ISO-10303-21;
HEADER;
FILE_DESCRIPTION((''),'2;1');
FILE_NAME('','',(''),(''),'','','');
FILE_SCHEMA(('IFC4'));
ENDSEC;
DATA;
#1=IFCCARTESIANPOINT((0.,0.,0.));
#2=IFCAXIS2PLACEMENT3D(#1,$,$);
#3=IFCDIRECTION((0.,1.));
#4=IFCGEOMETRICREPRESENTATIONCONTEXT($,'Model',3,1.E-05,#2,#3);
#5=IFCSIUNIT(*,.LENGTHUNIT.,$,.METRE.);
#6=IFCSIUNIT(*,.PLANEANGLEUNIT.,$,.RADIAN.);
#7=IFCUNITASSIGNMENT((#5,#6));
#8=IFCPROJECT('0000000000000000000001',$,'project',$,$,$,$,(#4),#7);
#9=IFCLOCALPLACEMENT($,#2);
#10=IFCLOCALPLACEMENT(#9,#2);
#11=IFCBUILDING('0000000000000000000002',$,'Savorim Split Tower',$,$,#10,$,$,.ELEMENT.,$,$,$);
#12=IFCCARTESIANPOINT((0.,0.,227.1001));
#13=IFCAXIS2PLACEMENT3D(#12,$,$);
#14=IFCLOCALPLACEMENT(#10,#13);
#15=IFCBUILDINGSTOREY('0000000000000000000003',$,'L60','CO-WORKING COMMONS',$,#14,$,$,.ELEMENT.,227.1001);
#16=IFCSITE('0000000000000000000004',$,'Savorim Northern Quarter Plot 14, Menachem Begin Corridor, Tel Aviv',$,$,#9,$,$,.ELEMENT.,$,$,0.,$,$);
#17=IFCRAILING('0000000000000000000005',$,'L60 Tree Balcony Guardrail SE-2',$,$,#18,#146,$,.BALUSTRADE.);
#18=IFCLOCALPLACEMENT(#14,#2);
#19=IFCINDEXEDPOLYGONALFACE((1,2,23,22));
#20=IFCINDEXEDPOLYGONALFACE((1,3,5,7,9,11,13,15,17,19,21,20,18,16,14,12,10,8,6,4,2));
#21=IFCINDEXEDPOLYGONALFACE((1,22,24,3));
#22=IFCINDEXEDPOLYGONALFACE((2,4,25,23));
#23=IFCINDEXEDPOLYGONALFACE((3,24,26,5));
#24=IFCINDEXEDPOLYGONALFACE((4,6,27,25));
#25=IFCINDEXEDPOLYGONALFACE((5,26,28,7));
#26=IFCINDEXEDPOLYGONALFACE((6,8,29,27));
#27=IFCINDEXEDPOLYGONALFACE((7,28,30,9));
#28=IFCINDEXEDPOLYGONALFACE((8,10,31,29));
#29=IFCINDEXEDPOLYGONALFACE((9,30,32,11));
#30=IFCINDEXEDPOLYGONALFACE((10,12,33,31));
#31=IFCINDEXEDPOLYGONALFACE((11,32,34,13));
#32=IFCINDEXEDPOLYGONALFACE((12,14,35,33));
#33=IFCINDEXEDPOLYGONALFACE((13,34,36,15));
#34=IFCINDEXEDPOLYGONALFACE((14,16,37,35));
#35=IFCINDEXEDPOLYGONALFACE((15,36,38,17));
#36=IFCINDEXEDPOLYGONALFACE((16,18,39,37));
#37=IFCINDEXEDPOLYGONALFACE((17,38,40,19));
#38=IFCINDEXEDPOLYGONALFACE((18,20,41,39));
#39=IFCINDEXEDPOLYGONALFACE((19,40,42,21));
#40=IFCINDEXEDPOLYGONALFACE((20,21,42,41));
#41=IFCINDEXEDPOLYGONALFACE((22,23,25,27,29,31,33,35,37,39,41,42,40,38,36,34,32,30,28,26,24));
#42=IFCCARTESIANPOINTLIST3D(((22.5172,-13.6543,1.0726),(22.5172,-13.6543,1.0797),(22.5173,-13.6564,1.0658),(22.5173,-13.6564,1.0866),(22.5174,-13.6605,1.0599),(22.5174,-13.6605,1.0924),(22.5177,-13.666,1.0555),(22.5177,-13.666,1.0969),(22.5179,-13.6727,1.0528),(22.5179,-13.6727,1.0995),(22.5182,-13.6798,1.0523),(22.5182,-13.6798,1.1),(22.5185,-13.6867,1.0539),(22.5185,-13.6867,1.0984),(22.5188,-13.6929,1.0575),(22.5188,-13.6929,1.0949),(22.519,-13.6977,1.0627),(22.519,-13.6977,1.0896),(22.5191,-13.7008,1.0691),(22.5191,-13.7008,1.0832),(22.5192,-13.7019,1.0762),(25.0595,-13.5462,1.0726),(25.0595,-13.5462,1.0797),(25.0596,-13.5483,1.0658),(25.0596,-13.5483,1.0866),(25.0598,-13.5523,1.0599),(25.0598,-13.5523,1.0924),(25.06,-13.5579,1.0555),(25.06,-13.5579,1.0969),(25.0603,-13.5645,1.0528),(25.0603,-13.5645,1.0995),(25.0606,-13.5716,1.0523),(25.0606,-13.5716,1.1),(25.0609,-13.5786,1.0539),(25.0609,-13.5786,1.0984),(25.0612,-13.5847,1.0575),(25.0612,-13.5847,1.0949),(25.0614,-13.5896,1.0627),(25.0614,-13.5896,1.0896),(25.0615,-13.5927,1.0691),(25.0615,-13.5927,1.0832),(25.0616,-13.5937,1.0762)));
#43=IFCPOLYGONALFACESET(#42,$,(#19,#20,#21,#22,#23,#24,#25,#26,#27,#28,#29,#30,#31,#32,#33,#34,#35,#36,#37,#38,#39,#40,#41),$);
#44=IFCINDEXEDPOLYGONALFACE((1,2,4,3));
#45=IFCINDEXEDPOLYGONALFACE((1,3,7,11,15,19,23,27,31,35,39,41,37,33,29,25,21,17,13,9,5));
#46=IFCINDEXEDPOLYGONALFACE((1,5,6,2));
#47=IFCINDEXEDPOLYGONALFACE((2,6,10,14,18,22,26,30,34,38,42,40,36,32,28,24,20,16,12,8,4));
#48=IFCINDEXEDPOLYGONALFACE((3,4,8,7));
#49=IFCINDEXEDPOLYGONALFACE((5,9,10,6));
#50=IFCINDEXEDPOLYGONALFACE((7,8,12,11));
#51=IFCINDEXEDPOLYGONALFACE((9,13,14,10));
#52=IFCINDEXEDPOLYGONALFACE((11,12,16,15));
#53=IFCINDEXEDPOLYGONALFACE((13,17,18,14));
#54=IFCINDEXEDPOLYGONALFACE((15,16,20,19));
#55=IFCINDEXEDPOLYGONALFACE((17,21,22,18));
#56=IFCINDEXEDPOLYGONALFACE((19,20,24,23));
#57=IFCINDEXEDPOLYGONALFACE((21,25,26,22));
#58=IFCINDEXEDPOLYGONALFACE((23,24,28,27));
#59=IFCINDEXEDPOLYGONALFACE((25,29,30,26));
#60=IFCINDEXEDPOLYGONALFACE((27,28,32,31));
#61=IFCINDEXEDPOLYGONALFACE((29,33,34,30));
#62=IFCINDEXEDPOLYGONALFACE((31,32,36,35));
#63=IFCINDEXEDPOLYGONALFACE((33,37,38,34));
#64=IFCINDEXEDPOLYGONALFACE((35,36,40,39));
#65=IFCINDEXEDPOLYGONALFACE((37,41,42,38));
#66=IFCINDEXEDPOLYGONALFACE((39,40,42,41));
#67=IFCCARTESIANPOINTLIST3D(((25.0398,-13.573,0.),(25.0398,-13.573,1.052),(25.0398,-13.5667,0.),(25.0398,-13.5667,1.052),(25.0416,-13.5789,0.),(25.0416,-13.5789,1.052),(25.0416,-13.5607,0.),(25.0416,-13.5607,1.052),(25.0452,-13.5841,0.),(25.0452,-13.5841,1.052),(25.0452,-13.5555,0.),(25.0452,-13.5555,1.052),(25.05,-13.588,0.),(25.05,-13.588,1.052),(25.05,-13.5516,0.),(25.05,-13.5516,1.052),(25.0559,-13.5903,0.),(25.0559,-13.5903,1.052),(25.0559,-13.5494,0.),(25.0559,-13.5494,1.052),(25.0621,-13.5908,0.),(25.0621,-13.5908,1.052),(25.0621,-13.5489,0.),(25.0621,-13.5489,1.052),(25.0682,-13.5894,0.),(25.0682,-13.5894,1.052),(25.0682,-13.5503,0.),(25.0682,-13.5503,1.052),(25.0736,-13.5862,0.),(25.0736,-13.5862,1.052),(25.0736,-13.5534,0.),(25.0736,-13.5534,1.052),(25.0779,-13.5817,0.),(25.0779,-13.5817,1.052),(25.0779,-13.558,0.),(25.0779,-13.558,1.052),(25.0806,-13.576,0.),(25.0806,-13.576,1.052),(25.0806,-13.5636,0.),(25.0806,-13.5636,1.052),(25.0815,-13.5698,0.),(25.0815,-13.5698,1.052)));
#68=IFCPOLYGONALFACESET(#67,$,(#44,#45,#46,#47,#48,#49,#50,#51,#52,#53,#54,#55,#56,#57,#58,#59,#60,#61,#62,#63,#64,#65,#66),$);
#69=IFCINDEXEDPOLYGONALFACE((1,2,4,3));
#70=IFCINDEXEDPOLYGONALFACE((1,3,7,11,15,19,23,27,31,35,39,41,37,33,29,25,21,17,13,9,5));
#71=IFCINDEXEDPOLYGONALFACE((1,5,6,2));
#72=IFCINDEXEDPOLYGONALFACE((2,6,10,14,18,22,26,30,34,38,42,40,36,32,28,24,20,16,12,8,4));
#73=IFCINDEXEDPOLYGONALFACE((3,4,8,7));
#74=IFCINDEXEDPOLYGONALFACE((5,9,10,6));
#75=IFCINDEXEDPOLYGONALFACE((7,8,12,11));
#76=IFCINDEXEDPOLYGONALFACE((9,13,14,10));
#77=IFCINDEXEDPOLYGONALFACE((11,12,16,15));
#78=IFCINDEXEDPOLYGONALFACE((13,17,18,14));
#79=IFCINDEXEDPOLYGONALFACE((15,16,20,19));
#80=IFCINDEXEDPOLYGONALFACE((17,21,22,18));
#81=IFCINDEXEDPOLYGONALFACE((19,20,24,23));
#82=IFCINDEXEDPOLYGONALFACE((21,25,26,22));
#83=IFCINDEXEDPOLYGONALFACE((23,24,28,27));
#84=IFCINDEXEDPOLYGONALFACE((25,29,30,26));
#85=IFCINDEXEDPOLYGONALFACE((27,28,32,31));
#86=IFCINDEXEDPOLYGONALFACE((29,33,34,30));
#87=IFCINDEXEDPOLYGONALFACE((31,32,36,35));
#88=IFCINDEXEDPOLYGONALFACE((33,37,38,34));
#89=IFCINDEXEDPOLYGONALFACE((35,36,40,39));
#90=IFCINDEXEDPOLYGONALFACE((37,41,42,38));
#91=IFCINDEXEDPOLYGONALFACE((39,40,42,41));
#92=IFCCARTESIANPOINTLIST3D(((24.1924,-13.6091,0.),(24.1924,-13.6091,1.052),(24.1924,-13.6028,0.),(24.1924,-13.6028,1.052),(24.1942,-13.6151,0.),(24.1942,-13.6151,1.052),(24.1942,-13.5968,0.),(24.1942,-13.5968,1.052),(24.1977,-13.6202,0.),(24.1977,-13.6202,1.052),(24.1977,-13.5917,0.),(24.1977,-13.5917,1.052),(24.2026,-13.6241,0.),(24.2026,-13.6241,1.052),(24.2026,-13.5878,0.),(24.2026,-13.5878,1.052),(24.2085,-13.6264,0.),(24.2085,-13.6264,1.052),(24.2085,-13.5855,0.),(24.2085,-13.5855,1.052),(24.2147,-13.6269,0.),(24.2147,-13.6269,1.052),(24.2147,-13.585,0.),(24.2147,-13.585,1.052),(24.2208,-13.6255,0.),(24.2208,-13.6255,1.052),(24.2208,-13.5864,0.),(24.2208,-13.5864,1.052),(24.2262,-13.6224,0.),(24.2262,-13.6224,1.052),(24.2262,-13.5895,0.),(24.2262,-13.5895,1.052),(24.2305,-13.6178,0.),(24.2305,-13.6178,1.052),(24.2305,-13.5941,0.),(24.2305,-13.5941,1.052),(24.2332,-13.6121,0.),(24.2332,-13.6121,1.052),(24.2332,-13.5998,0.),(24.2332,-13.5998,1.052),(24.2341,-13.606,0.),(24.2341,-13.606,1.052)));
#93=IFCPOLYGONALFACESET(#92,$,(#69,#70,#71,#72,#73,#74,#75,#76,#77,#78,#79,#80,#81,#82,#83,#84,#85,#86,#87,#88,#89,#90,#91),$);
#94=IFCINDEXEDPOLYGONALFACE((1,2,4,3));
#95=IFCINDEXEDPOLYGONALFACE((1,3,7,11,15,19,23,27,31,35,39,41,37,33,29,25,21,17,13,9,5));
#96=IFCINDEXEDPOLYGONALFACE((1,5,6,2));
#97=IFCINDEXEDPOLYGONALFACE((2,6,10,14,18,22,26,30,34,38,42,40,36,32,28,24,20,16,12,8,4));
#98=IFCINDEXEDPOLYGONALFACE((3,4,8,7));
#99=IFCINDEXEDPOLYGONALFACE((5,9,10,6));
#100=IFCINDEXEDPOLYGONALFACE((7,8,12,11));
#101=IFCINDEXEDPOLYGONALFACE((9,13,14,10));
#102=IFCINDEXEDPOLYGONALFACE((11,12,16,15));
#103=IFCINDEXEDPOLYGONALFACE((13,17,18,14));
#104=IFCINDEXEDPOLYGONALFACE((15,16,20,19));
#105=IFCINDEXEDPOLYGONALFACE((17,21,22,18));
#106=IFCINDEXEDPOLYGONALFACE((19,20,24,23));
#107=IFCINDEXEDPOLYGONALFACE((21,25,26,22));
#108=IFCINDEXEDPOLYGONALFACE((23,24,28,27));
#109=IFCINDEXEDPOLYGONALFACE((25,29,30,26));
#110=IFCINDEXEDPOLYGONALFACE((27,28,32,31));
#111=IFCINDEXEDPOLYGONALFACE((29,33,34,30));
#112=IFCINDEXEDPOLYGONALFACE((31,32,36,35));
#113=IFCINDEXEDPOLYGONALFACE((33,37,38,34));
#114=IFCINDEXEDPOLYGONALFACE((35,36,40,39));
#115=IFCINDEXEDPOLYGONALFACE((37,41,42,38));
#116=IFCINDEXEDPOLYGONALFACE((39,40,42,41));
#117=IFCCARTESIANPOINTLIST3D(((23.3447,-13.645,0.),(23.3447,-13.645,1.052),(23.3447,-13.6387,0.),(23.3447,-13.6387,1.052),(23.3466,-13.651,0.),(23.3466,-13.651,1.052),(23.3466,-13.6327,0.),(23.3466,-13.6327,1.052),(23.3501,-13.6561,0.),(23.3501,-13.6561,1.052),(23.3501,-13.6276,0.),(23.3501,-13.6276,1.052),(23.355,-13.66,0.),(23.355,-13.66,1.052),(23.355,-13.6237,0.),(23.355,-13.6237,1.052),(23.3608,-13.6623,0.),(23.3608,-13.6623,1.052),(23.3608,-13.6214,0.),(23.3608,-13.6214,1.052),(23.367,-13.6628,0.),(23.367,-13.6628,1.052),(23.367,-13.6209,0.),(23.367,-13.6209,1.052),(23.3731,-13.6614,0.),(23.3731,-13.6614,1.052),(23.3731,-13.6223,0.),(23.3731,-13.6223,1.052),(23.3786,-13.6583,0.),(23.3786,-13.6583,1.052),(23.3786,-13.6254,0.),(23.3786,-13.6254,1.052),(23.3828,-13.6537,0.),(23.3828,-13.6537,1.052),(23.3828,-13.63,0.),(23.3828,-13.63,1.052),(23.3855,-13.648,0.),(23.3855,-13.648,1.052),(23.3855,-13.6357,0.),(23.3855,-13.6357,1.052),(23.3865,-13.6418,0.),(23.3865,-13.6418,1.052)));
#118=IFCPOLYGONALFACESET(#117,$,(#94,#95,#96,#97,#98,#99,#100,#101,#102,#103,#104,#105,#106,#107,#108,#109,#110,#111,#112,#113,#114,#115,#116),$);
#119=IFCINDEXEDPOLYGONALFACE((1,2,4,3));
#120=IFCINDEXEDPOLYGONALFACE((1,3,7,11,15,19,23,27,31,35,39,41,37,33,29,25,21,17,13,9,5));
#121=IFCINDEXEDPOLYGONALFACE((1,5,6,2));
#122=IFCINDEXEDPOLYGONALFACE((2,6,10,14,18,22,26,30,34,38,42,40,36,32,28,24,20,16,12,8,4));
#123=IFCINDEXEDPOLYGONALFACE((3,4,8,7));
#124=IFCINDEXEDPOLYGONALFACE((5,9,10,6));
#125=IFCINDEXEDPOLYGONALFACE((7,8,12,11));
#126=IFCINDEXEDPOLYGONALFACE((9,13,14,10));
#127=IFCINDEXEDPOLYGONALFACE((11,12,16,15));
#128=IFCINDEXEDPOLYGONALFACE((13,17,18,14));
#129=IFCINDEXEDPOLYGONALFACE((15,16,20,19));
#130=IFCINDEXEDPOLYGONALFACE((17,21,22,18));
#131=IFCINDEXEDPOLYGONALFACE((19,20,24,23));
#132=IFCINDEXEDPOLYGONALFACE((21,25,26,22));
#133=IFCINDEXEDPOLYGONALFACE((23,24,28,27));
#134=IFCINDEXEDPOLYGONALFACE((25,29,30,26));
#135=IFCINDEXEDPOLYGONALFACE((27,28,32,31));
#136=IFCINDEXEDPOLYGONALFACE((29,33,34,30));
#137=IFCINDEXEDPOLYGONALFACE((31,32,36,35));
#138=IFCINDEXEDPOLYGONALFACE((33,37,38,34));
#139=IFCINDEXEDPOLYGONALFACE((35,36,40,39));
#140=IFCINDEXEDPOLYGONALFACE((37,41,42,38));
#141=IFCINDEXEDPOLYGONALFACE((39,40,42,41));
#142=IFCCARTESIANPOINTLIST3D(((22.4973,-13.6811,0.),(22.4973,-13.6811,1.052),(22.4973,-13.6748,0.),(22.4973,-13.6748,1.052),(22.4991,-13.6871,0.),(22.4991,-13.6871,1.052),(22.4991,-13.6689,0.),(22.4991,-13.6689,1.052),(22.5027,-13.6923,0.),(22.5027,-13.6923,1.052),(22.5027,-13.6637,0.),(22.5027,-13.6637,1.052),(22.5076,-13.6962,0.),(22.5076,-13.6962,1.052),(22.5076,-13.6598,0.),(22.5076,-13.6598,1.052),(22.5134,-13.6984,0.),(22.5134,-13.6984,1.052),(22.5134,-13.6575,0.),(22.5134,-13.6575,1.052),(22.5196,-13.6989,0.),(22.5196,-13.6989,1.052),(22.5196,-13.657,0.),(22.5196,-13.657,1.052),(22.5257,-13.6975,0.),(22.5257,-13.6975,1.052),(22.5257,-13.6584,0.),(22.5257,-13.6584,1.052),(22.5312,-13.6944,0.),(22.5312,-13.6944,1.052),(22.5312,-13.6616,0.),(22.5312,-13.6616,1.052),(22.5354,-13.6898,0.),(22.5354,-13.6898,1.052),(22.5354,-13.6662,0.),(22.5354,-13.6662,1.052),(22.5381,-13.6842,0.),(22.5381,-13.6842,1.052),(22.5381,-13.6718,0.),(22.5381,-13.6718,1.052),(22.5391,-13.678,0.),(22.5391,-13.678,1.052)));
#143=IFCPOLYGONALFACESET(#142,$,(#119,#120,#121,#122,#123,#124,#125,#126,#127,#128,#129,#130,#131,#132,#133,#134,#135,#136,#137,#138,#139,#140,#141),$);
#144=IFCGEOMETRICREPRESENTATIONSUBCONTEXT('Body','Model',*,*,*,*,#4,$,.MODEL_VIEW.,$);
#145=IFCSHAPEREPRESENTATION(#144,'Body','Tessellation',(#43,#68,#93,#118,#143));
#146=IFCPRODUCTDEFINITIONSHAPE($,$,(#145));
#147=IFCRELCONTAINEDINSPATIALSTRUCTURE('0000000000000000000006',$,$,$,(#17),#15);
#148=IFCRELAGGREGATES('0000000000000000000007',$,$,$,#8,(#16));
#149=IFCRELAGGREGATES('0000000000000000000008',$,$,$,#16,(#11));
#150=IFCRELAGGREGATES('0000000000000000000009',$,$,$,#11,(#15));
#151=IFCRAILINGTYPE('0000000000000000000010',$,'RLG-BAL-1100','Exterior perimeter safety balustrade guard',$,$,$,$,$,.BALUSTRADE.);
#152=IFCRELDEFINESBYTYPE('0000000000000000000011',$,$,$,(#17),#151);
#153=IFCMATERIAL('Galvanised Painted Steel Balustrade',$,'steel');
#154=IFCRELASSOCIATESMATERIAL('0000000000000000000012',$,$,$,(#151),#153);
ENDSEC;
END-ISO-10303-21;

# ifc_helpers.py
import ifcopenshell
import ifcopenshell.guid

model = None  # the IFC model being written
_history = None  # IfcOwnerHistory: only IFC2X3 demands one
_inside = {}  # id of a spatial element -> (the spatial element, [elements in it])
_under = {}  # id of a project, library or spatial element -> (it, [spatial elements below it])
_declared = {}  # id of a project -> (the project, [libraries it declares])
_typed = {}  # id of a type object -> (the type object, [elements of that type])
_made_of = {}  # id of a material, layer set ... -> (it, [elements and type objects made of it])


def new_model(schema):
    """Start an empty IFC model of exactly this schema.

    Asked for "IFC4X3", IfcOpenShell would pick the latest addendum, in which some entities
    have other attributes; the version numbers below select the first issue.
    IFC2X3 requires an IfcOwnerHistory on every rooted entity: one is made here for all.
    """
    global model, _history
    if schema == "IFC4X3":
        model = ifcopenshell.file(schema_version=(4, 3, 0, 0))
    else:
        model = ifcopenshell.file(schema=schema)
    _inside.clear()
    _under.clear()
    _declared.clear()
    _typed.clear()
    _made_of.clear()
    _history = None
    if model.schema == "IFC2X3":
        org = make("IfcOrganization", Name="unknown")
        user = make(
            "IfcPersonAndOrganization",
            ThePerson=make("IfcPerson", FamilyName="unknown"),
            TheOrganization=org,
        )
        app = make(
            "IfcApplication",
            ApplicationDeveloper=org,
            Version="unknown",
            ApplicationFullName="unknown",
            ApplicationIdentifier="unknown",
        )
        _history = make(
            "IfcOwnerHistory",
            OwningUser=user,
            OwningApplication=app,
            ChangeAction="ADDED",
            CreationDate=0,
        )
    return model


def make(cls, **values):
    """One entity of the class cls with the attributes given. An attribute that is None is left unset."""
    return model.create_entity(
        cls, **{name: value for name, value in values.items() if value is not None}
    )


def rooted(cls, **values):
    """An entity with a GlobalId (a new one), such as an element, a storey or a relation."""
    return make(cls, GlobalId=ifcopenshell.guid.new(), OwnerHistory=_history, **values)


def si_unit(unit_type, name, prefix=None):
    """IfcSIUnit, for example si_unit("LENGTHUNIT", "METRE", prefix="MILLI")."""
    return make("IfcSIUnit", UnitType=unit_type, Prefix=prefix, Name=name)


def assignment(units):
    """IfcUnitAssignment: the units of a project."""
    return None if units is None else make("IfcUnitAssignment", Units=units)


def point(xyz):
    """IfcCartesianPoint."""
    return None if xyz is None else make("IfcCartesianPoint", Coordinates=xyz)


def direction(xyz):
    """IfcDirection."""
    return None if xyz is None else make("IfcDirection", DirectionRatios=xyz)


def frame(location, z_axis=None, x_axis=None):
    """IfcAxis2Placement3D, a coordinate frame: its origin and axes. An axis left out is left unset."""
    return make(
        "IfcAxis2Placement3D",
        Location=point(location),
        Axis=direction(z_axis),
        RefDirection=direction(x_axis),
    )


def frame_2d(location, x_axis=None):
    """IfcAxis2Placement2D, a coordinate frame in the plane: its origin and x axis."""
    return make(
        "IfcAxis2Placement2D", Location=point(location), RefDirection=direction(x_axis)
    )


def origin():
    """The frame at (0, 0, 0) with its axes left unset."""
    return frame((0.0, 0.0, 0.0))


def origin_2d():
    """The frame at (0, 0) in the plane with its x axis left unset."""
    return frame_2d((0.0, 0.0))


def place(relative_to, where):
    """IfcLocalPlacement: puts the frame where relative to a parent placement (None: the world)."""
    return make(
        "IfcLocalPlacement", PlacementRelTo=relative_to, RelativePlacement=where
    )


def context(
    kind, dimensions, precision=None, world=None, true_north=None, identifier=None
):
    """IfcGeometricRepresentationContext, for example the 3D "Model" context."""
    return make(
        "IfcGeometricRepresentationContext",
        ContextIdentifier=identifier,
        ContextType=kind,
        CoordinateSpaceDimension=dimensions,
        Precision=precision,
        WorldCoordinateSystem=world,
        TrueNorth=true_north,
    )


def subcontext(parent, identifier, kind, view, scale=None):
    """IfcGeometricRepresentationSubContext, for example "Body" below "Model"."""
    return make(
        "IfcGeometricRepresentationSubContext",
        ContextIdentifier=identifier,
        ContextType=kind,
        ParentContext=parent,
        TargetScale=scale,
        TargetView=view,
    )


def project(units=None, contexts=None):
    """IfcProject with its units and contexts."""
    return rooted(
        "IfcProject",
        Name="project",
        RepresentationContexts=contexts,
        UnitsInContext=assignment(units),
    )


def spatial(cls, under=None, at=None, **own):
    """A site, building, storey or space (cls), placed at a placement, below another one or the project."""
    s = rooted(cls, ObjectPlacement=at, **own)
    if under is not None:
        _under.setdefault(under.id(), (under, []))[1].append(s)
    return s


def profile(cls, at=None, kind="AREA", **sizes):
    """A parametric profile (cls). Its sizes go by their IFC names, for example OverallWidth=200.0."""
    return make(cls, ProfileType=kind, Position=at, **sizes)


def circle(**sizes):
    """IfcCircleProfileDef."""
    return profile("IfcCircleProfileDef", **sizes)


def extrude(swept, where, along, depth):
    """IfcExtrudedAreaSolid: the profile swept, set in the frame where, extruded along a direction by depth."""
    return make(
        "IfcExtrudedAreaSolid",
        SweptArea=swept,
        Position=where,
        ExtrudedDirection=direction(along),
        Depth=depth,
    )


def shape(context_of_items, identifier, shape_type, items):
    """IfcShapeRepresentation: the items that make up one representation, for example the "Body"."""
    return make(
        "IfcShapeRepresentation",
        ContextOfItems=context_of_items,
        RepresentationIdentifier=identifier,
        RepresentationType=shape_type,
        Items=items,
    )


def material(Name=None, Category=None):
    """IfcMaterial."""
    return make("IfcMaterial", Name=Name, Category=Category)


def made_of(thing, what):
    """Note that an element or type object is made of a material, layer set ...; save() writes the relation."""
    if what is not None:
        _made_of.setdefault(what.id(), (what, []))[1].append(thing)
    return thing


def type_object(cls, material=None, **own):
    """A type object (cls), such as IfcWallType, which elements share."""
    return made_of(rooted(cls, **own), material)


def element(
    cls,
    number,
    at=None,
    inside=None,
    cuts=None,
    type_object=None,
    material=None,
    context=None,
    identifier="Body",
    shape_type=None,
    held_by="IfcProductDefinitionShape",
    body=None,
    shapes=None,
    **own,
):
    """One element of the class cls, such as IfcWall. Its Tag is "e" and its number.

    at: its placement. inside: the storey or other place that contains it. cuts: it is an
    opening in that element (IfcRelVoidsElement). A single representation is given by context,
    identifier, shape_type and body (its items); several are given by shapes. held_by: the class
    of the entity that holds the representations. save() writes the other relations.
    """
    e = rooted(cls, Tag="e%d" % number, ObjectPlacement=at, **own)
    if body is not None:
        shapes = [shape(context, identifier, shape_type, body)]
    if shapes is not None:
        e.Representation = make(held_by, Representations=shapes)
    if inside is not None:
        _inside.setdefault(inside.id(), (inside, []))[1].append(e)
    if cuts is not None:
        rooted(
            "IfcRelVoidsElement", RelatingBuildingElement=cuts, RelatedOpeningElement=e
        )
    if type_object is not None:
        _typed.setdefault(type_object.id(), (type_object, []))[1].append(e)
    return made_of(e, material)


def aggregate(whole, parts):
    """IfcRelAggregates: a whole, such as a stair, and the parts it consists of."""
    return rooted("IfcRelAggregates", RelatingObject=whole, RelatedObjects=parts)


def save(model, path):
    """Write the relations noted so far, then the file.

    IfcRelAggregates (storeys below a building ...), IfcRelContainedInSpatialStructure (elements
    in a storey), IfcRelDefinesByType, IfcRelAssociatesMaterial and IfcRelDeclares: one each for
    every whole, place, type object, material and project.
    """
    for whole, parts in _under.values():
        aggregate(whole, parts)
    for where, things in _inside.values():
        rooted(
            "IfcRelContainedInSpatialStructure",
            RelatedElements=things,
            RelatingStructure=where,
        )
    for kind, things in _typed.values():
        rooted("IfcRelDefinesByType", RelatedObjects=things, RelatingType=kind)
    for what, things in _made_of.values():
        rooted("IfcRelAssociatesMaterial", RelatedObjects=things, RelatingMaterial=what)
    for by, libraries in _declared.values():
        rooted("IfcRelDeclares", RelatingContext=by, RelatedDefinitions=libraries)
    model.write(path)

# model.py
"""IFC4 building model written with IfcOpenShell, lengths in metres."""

from ifc_helpers import new_model, si_unit, direction, frame, origin, origin_2d, place, context, subcontext, project, spatial, circle, extrude, material, type_object, element, save


model = new_model("IFC4")

# Units and contexts
model_context = context("Model", 3, precision=1e-05, world=origin(), true_north=direction((0.0, 1.0)))
body_context = subcontext(model_context, "Body", "Model", "MODEL_VIEW")
ifc_project = project(units=[si_unit("LENGTHUNIT", "METRE"), si_unit("PLANEANGLEUNIT", "RADIAN")], contexts=[model_context])

# Site, building, storey
site_placement = place(None, origin())
site = spatial("IfcSite", under=ifc_project, at=site_placement, Name="Savorim Northern Quarter Plot 14, Menachem Begin Corridor, Tel Aviv", CompositionType="ELEMENT", RefElevation=0.0)
building_placement = place(site_placement, origin())
building = spatial("IfcBuilding", under=site, at=building_placement, Name="Savorim Split Tower", CompositionType="ELEMENT")
storey_placement = place(building_placement, frame((0.0, 0.0, 227.1001)))
storey = spatial("IfcBuildingStorey", under=building, at=storey_placement, Name="L60", Description="CO-WORKING COMMONS", CompositionType="ELEMENT", Elevation=227.1001)

# Railing
ifc_material_1 = material(Name="Galvanised Painted Steel Balustrade", Category="steel")
railing_type = type_object("IfcRailingType", Name="RLG-BAL-1100", Description="Exterior perimeter safety balustrade guard", PredefinedType="BALUSTRADE", material=ifc_material_1)
railing_1_placement = place(storey_placement, frame((25.0605, -13.5698, 0.0)))
element("IfcRailing", 1, at=railing_1_placement, inside=storey, type_object=railing_type, Name="L60 Tree Balcony Guardrail SE-2", PredefinedType="BALUSTRADE", context=body_context, shape_type="SweptSolid", body=[
    extrude(circle(Radius=0.0239, at=origin_2d()), frame((0.0, 0.0, 1.0762), z_axis=(-0.999096, -0.0425, 0.0), x_axis=(0.0425, -0.999096, 0.0)), (0.0, 0.0, 1.0), 2.5447),
    extrude(circle(Radius=0.021, at=origin_2d()), origin(), (0.0, 0.0, 1.0), 1.052),
    extrude(circle(Radius=0.021, at=origin_2d()), frame((-0.8474, -0.0361, 0.0)), (0.0, 0.0, 1.0), 1.052),
    extrude(circle(Radius=0.021, at=origin_2d()), frame((-1.6951, -0.072, 0.0)), (0.0, 0.0, 1.0), 1.052),
    extrude(circle(Radius=0.021, at=origin_2d()), frame((-2.5425, -0.1082, 0.0)), (0.0, 0.0, 1.0), 1.052),
])

save(model, "model.ifc")
